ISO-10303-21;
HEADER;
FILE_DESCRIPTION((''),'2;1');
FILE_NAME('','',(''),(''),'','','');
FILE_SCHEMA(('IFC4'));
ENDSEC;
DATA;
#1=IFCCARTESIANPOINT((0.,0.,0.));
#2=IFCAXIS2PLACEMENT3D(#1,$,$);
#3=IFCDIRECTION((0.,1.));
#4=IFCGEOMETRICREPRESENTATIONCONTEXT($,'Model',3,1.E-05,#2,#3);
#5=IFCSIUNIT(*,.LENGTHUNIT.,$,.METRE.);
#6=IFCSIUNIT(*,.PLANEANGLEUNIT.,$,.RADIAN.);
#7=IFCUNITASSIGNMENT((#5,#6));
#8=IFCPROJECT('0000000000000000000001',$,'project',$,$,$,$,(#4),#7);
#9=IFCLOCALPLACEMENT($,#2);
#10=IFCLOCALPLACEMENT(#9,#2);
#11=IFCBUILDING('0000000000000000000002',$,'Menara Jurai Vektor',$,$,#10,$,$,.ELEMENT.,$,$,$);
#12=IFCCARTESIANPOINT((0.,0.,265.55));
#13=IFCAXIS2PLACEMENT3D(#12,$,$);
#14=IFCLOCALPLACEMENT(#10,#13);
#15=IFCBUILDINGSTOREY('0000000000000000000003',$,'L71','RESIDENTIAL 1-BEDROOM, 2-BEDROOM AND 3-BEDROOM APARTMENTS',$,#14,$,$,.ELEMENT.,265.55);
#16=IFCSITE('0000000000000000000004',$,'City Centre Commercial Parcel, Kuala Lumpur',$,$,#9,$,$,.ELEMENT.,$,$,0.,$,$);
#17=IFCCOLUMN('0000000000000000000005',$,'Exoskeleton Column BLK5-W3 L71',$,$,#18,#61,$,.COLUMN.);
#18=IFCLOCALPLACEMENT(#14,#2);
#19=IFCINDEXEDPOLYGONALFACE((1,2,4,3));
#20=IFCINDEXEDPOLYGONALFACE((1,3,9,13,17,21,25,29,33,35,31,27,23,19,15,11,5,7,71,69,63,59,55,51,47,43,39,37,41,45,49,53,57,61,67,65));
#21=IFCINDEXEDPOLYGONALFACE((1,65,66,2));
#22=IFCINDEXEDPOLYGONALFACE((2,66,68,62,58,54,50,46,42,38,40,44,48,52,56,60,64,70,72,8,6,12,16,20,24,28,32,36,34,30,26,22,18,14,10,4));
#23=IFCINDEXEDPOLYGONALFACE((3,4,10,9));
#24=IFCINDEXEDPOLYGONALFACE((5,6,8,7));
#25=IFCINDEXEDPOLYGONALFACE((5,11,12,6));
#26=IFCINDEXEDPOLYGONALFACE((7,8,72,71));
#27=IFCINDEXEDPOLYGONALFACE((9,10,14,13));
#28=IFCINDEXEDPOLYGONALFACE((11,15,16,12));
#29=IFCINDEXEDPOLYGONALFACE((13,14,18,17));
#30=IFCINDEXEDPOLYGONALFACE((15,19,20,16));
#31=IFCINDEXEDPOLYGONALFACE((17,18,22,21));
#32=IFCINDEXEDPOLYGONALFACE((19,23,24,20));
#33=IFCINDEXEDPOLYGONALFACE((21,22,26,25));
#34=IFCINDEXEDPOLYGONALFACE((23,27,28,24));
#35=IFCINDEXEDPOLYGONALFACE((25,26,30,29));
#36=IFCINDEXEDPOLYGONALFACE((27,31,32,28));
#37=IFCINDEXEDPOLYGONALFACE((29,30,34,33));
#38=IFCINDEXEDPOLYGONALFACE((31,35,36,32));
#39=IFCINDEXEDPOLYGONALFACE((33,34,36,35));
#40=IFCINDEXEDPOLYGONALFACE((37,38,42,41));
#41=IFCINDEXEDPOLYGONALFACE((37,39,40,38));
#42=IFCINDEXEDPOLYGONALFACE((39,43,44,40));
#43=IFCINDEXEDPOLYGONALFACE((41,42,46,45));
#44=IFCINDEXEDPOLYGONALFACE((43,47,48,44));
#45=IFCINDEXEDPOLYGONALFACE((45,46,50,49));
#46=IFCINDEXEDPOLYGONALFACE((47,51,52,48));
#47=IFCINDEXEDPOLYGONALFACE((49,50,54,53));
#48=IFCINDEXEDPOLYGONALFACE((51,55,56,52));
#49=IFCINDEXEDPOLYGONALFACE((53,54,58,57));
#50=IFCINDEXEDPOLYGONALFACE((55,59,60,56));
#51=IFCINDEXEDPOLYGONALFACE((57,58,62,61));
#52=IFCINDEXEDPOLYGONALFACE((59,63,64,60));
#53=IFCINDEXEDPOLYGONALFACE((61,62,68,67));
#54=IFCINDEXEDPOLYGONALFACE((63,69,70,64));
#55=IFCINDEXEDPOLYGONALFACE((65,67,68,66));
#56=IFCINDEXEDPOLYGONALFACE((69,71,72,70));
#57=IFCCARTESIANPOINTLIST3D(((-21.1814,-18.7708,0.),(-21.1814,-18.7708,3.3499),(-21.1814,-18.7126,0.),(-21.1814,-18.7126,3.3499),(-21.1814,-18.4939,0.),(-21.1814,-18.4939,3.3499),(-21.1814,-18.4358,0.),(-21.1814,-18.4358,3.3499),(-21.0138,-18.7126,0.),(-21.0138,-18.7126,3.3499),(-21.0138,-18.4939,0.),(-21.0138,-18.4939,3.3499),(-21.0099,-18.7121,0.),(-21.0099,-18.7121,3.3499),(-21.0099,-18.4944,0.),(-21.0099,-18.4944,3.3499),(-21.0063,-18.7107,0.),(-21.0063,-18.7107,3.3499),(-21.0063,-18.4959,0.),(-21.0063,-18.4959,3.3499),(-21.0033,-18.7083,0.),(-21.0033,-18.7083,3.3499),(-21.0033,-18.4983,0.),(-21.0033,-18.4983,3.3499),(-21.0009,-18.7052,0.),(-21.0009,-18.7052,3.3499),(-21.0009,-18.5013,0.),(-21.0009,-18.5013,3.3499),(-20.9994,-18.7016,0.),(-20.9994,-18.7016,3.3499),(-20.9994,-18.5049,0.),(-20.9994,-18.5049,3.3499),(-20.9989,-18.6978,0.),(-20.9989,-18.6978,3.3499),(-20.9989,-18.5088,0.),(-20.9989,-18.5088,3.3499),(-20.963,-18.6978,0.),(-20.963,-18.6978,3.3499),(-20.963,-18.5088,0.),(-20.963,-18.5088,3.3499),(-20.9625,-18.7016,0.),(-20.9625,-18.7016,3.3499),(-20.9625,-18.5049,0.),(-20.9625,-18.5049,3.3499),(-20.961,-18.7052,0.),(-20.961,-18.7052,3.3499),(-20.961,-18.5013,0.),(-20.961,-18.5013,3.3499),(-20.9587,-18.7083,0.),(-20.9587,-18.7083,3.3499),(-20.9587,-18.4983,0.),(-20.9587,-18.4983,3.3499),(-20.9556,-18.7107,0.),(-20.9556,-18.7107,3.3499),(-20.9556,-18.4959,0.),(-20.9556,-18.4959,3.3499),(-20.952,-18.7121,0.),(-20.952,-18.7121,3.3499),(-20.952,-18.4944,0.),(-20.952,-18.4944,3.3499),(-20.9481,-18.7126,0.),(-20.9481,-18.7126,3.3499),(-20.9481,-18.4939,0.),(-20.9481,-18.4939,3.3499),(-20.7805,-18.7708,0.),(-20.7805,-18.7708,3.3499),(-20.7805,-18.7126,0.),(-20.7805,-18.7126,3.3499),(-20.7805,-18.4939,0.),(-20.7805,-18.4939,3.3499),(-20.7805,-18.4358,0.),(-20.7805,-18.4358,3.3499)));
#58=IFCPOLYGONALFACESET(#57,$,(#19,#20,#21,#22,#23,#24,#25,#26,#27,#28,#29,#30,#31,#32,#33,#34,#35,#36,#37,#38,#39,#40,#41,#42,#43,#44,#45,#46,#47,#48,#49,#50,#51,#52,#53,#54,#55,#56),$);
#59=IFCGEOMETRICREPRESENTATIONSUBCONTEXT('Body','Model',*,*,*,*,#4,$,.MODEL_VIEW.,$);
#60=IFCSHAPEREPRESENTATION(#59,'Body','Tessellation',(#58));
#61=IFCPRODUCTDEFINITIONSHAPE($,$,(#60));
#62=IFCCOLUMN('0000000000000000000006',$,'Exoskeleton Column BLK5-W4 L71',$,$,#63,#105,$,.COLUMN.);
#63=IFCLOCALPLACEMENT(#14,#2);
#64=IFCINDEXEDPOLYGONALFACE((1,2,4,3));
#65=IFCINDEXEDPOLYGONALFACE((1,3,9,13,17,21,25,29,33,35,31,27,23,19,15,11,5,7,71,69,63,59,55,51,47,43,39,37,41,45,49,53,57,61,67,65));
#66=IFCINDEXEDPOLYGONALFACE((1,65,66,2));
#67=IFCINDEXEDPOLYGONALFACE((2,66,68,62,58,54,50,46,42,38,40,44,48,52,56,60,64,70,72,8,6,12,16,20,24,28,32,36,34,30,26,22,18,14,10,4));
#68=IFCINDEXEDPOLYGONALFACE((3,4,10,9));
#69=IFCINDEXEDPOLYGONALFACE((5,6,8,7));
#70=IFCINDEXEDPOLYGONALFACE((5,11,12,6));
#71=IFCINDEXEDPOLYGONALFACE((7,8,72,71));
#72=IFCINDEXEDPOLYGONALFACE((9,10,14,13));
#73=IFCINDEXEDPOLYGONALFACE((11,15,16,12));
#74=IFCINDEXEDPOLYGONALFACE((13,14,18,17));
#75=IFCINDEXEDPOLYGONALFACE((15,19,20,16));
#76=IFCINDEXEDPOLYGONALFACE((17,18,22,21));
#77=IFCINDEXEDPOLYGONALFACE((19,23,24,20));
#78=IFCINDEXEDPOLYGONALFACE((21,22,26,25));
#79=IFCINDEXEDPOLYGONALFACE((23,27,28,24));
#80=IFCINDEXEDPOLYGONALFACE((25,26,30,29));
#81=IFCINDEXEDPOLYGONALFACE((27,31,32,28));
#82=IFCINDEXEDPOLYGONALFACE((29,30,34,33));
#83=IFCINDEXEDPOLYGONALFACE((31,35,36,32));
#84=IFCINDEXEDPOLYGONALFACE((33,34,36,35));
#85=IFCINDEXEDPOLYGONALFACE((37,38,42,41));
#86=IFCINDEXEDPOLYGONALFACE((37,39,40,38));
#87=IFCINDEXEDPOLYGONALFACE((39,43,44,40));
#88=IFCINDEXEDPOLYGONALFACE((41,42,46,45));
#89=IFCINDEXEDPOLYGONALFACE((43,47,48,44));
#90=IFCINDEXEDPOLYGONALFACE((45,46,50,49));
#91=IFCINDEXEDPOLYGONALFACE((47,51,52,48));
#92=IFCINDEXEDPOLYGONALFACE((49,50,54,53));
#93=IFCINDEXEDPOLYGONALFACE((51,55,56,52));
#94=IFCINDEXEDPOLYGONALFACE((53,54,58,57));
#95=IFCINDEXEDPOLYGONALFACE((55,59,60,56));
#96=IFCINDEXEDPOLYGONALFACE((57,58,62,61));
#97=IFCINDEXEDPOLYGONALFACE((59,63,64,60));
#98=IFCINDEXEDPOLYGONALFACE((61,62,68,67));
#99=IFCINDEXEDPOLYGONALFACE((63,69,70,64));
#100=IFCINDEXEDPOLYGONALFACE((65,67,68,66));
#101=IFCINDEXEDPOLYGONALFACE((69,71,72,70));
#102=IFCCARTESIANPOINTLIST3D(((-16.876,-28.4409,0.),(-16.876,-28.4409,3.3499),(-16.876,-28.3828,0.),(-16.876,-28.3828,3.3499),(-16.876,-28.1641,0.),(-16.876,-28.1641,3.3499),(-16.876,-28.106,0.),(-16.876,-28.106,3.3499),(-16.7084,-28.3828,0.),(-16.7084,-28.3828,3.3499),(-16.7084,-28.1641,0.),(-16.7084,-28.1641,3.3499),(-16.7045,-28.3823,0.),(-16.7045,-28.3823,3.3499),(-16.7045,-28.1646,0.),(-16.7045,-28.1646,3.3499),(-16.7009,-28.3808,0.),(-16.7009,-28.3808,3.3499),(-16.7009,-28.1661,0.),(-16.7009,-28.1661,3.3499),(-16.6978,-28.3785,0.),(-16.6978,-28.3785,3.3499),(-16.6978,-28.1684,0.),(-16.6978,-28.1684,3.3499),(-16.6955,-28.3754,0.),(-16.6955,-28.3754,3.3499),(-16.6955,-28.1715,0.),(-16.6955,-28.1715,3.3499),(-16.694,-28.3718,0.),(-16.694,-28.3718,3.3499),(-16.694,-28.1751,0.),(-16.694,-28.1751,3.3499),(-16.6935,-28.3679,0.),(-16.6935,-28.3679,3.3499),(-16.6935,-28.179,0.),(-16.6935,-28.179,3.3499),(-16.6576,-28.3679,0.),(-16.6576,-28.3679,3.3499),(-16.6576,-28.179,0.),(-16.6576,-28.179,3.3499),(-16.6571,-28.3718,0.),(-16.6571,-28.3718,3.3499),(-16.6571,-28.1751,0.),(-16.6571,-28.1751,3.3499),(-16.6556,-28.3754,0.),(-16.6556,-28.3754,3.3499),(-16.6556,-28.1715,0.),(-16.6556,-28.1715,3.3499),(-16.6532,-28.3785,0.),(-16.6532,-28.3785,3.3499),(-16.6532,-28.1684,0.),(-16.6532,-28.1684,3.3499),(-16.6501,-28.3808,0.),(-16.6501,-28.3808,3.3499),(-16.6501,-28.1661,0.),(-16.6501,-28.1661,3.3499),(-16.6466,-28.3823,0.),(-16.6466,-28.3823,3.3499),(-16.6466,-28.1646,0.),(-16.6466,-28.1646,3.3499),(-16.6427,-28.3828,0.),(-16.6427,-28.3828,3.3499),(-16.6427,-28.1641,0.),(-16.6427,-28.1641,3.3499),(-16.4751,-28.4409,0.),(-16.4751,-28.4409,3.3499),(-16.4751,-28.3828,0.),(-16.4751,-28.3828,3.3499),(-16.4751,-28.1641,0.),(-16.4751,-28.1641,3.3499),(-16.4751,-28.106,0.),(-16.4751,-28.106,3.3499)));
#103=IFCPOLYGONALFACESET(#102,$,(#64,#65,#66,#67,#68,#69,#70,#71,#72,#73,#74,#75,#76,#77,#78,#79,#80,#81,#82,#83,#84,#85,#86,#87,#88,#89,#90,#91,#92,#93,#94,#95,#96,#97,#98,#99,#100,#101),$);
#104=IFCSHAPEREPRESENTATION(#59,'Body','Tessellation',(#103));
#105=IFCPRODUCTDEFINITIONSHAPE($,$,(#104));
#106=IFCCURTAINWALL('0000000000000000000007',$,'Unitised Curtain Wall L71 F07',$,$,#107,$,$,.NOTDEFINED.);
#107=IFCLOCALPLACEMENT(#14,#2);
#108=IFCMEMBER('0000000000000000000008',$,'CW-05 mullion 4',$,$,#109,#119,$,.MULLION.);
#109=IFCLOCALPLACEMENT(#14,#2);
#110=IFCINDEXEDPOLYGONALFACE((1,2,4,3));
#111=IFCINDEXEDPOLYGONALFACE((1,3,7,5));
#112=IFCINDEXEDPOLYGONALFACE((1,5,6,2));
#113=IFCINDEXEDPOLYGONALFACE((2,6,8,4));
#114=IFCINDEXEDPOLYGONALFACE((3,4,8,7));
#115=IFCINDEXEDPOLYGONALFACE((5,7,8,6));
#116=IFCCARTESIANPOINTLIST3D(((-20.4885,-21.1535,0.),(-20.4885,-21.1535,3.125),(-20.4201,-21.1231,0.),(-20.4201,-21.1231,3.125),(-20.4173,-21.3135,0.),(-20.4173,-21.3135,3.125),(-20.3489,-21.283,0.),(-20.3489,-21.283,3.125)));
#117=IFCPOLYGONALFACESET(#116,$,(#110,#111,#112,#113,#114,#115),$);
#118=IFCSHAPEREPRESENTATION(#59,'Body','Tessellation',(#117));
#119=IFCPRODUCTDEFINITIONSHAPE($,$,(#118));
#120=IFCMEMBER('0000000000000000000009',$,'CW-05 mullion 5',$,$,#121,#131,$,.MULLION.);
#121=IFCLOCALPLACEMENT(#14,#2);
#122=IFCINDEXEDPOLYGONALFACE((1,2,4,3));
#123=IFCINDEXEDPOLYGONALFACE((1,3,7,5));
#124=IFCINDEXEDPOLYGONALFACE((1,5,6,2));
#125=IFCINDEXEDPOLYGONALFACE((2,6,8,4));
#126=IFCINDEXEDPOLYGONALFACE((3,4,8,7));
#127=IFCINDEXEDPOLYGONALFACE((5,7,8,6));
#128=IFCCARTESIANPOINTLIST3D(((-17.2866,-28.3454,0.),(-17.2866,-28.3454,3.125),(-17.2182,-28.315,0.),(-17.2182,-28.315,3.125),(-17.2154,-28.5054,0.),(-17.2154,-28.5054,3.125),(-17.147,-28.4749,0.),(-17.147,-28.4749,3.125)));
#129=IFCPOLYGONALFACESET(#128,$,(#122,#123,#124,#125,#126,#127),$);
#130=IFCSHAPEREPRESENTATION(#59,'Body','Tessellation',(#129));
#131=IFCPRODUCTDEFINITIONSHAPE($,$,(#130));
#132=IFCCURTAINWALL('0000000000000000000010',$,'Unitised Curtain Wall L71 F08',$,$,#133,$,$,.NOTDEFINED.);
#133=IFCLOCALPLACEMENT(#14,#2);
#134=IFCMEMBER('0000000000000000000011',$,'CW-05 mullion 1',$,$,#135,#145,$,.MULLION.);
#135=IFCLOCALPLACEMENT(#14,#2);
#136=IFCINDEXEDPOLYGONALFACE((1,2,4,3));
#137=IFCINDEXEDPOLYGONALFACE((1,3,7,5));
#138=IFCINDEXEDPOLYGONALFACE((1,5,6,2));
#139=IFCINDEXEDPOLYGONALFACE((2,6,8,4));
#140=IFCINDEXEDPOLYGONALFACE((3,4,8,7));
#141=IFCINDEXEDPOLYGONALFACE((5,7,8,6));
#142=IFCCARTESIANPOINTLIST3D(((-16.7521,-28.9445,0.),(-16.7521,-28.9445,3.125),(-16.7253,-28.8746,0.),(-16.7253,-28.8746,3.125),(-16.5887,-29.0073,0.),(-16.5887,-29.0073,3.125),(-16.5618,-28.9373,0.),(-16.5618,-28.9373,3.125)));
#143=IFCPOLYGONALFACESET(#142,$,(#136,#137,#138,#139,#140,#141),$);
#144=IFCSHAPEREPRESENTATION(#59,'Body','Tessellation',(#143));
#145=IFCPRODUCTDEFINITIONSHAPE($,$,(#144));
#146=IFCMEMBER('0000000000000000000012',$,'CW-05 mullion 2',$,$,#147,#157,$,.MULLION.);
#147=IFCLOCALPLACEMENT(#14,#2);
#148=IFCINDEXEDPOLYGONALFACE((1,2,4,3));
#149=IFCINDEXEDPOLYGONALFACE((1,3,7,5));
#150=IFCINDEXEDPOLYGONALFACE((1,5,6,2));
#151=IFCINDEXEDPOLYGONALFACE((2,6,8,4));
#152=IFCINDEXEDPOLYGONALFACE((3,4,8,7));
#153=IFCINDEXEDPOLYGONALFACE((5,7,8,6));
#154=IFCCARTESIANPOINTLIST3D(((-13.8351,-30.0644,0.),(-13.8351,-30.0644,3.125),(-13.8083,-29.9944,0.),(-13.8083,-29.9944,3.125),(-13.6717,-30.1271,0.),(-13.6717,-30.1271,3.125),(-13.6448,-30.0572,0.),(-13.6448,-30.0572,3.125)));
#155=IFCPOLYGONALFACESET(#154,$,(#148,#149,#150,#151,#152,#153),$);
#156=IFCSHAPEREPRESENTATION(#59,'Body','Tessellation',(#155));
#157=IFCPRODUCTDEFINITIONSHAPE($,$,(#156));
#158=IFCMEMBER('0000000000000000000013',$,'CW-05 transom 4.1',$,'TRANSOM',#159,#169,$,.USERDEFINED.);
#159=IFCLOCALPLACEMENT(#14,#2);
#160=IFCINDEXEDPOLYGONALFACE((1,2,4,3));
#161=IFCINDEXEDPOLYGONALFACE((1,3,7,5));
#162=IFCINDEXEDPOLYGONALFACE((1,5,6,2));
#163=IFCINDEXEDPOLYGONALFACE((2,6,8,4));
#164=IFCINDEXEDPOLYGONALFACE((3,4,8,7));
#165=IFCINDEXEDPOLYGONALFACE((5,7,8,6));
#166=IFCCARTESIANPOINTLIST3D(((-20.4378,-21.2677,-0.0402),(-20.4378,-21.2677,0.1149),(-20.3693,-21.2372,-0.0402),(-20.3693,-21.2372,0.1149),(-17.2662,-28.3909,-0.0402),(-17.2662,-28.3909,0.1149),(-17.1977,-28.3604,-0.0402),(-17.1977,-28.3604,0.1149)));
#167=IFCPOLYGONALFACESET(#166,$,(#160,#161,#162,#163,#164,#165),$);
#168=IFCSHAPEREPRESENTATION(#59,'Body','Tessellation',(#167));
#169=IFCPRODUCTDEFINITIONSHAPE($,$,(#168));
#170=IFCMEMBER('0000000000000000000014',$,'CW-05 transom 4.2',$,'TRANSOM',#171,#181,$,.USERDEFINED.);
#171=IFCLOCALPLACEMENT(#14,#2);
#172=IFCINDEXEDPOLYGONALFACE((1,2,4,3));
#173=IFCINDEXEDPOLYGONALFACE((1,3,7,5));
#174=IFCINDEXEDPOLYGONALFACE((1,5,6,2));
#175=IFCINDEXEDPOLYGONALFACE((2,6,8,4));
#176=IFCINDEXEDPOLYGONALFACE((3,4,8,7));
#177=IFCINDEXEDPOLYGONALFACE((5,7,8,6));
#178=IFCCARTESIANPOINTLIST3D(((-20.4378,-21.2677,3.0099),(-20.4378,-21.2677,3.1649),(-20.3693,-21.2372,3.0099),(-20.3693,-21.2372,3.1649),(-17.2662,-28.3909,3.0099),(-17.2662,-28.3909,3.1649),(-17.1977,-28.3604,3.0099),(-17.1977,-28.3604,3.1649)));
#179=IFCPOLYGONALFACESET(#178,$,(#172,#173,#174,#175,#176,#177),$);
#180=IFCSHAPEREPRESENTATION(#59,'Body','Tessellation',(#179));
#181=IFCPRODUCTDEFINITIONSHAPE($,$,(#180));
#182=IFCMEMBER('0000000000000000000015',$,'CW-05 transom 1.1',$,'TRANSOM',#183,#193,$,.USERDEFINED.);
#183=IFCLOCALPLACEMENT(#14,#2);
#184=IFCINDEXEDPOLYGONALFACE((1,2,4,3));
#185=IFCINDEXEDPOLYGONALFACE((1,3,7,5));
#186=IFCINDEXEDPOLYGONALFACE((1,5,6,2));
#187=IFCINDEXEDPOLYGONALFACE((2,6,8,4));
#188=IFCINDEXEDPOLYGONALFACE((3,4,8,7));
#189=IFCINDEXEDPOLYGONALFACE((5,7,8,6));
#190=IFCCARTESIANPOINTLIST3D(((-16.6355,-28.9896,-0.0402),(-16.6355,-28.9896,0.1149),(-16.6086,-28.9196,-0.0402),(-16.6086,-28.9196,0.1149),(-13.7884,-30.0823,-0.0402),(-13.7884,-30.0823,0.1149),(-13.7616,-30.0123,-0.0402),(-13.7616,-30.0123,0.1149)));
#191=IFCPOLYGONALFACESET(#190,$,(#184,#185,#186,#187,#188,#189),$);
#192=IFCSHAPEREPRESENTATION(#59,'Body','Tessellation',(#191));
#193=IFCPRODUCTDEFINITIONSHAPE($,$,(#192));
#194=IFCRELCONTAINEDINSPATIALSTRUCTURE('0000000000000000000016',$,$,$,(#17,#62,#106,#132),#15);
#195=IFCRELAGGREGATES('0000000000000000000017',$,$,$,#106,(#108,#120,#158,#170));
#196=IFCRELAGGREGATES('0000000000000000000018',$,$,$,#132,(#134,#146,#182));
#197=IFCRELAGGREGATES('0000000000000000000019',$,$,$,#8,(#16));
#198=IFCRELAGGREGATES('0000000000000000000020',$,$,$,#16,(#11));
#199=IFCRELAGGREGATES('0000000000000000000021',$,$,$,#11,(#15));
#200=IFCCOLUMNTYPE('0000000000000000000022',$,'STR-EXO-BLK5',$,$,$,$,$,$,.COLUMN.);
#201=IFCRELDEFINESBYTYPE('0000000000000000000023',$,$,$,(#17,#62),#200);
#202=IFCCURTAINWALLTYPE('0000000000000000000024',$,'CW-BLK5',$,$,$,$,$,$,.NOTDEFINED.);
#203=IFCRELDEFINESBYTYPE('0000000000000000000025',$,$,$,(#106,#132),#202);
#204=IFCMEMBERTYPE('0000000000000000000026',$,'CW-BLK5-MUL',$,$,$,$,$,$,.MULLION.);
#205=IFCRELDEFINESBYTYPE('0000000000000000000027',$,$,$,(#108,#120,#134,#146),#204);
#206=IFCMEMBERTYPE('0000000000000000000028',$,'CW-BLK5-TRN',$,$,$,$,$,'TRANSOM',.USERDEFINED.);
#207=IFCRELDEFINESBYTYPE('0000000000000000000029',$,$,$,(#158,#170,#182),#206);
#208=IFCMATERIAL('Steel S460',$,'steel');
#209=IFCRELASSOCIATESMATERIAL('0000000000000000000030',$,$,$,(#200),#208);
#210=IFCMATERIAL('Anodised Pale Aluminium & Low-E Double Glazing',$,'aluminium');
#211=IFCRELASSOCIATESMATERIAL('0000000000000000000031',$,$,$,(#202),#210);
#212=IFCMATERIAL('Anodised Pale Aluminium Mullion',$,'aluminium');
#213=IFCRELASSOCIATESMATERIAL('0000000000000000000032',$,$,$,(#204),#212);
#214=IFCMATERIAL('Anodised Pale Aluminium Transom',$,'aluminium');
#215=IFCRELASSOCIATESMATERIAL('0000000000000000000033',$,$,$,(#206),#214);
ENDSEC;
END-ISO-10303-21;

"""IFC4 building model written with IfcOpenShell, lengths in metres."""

from ifc_helpers import new_model, si_unit, direction, frame, origin, origin_2d, place, context, subcontext, project, spatial, rectangle, i_section, extrude, material, material_profile, profile_set, type_object, element, aggregate, save


model = new_model("IFC4")

# Units and contexts
model_context = context("Model", 3, precision=1e-05, world=origin(), true_north=direction((0.0, 1.0)))
body_context = subcontext(model_context, "Body", "Model", "MODEL_VIEW")
ifc_project = project(units=[si_unit("LENGTHUNIT", "METRE"), si_unit("PLANEANGLEUNIT", "RADIAN")], contexts=[model_context])

# Site, building, storey
site_placement = place(None, origin())
site = spatial("IfcSite", under=ifc_project, at=site_placement, Name="City Centre Commercial Parcel, Kuala Lumpur", CompositionType="ELEMENT", RefElevation=0.0)
building_placement = place(site_placement, origin())
building = spatial("IfcBuilding", under=site, at=building_placement, Name="Menara Jurai Vektor", CompositionType="ELEMENT")
storey_placement = place(building_placement, frame((0.0, 0.0, 265.55)))
storey = spatial("IfcBuildingStorey", under=building, at=storey_placement, Name="L71", Description="RESIDENTIAL 1-BEDROOM, 2-BEDROOM AND 3-BEDROOM APARTMENTS", CompositionType="ELEMENT", Elevation=265.55)

# Columns
ifc_material_1 = material(Name="Steel S460", Category="steel")
ifc_material_profile_1 = material_profile(ifc_material_1, i_section(OverallWidth=0.4009, OverallDepth=0.335, WebThickness=0.0359, FlangeThickness=0.0581, FilletRadius=0.0149, at=origin_2d()), Name="HD 400x463")
ifc_profile_set_1 = profile_set([ifc_material_profile_1], Name="Steel S460")
column_type = type_object("IfcColumnType", Name="STR-EXO-BLK5", PredefinedType="COLUMN", material=ifc_profile_set_1)
for number, where, z_axis, x_axis, name in (
    (1, (-20.981, -18.6033, 0.0), (0.0, 0.0, 1.0), (1.0, 0.0, 0.0), "Exoskeleton Column BLK5-W3 L71"),
    (2, (-16.6755, -28.2734, 0.0), (0.0, 0.0, 1.0), (1.0, 0.0, 0.0), "Exoskeleton Column BLK5-W4 L71"),
):
    element("IfcColumn", number, at=place(storey_placement, frame(where, z_axis=z_axis, x_axis=x_axis)), inside=storey, type_object=column_type, Name=name, PredefinedType="COLUMN", context=body_context, shape_type="SweptSolid", body=[
        extrude(i_section(OverallWidth=0.4009, OverallDepth=0.335, WebThickness=0.0359, FlangeThickness=0.0581, FilletRadius=0.0149, at=origin_2d()), origin(), (0.0, 0.0, 1.0), 3.3499),
    ])

# Curtain walls, members
ifc_material_2 = material(Name="Anodised Pale Aluminium & Low-E Double Glazing", Category="aluminium")
curtain_wall_type = type_object("IfcCurtainWallType", Name="CW-BLK5", PredefinedType="NOTDEFINED", material=ifc_material_2)
curtain_wall_1_placement = place(storey_placement, origin())
curtain_wall_1 = element("IfcCurtainWall", 3, at=curtain_wall_1_placement, inside=storey, type_object=curtain_wall_type, Name="Unitised Curtain Wall L71 F07", PredefinedType="NOTDEFINED")
ifc_material_3 = material(Name="Anodised Pale Aluminium Mullion", Category="aluminium")
ifc_material_profile_2 = material_profile(ifc_material_3, rectangle(XDim=0.075, YDim=0.175, at=origin_2d()), Name="ALU MUL 75x175")
ifc_profile_set_2 = profile_set([ifc_material_profile_2], Name="Anodised Pale Aluminium Mullion")
member_type_1 = type_object("IfcMemberType", Name="CW-BLK5-MUL", PredefinedType="MULLION", material=ifc_profile_set_2)
member_1_placement = place(storey_placement, frame((-20.4187, -21.2183, 0.0), z_axis=(0.0, 0.0, 1.0), x_axis=(0.913546, 0.406735, 0.0)))
member_1 = element("IfcMember", 4, at=member_1_placement, type_object=member_type_1, Name="CW-05 mullion 4", PredefinedType="MULLION", context=body_context, shape_type="SweptSolid", body=[
    extrude(rectangle(XDim=0.075, YDim=0.175, at=origin_2d()), origin(), (0.0, 0.0, 1.0), 3.125),
])
member_2_placement = place(storey_placement, frame((-17.2168, -28.4102, 0.0), z_axis=(0.0, 0.0, 1.0), x_axis=(0.913546, 0.406735, 0.0)))
member_2 = element("IfcMember", 5, at=member_2_placement, type_object=member_type_1, Name="CW-05 mullion 5", PredefinedType="MULLION", context=body_context, shape_type="SweptSolid", body=[
    extrude(rectangle(XDim=0.075, YDim=0.175, at=origin_2d()), origin(), (0.0, 0.0, 1.0), 3.125),
])
curtain_wall_2_placement = place(storey_placement, origin())
curtain_wall_2 = element("IfcCurtainWall", 6, at=curtain_wall_2_placement, inside=storey, type_object=curtain_wall_type, Name="Unitised Curtain Wall L71 F08", PredefinedType="NOTDEFINED")
member_3_placement = place(storey_placement, frame((-16.657, -28.9409, 0.0), z_axis=(0.0, 0.0, 1.0), x_axis=(0.358374, 0.933578, 0.0)))
member_3 = element("IfcMember", 7, at=member_3_placement, type_object=member_type_1, Name="CW-05 mullion 1", PredefinedType="MULLION", context=body_context, shape_type="SweptSolid", body=[
    extrude(rectangle(XDim=0.075, YDim=0.175, at=origin_2d()), origin(), (0.0, 0.0, 1.0), 3.125),
])
member_4_placement = place(storey_placement, frame((-13.74, -30.0608, 0.0), z_axis=(0.0, 0.0, 1.0), x_axis=(0.358374, 0.933578, 0.0)))
member_4 = element("IfcMember", 8, at=member_4_placement, type_object=member_type_1, Name="CW-05 mullion 2", PredefinedType="MULLION", context=body_context, shape_type="SweptSolid", body=[
    extrude(rectangle(XDim=0.075, YDim=0.175, at=origin_2d()), origin(), (0.0, 0.0, 1.0), 3.125),
])

# Members
ifc_material_4 = material(Name="Anodised Pale Aluminium Transom", Category="aluminium")
ifc_material_profile_3 = material_profile(ifc_material_4, rectangle(XDim=0.075, YDim=0.155, at=origin_2d()), Name="ALU TRN 75x155")
ifc_profile_set_3 = profile_set([ifc_material_profile_3], Name="Anodised Pale Aluminium Transom")
member_type_2 = type_object("IfcMemberType", Name="CW-BLK5-TRN", ElementType="TRANSOM", PredefinedType="USERDEFINED", material=ifc_profile_set_3)
member_5_placement = place(storey_placement, frame((-20.4036, -21.2524, 0.0374), z_axis=(0.406751, -0.913539, 0.0), x_axis=(0.913539, 0.406751, 0.0)))
member_5 = element("IfcMember", 9, at=member_5_placement, type_object=member_type_2, Name="CW-05 transom 4.1", ObjectType="TRANSOM", PredefinedType="USERDEFINED", context=body_context, shape_type="SweptSolid", body=[
    extrude(rectangle(XDim=0.075, YDim=0.155, at=origin_2d()), origin(), (0.0, 0.0, 1.0), 7.7974),
])
member_6_placement = place(storey_placement, frame((-20.4036, -21.2524, 3.0874), z_axis=(0.406751, -0.913539, 0.0), x_axis=(0.913539, 0.406751, 0.0)))
member_6 = element("IfcMember", 10, at=member_6_placement, type_object=member_type_2, Name="CW-05 transom 4.2", ObjectType="TRANSOM", PredefinedType="USERDEFINED", context=body_context, shape_type="SweptSolid", body=[
    extrude(rectangle(XDim=0.075, YDim=0.155, at=origin_2d()), origin(), (0.0, 0.0, 1.0), 7.7974),
])
member_7_placement = place(storey_placement, frame((-16.6221, -28.9546, 0.0374), z_axis=(0.933597, -0.358325, 0.0), x_axis=(0.358325, 0.933597, 0.0)))
member_7 = element("IfcMember", 11, at=member_7_placement, type_object=member_type_2, Name="CW-05 transom 1.1", ObjectType="TRANSOM", PredefinedType="USERDEFINED", context=body_context, shape_type="SweptSolid", body=[
    extrude(rectangle(XDim=0.075, YDim=0.155, at=origin_2d()), origin(), (0.0, 0.0, 1.0), 3.0496),
])

aggregate(curtain_wall_1, [member_1, member_2, member_5, member_6])
aggregate(curtain_wall_2, [member_3, member_4, member_7])

save(model, "model.ifc")
